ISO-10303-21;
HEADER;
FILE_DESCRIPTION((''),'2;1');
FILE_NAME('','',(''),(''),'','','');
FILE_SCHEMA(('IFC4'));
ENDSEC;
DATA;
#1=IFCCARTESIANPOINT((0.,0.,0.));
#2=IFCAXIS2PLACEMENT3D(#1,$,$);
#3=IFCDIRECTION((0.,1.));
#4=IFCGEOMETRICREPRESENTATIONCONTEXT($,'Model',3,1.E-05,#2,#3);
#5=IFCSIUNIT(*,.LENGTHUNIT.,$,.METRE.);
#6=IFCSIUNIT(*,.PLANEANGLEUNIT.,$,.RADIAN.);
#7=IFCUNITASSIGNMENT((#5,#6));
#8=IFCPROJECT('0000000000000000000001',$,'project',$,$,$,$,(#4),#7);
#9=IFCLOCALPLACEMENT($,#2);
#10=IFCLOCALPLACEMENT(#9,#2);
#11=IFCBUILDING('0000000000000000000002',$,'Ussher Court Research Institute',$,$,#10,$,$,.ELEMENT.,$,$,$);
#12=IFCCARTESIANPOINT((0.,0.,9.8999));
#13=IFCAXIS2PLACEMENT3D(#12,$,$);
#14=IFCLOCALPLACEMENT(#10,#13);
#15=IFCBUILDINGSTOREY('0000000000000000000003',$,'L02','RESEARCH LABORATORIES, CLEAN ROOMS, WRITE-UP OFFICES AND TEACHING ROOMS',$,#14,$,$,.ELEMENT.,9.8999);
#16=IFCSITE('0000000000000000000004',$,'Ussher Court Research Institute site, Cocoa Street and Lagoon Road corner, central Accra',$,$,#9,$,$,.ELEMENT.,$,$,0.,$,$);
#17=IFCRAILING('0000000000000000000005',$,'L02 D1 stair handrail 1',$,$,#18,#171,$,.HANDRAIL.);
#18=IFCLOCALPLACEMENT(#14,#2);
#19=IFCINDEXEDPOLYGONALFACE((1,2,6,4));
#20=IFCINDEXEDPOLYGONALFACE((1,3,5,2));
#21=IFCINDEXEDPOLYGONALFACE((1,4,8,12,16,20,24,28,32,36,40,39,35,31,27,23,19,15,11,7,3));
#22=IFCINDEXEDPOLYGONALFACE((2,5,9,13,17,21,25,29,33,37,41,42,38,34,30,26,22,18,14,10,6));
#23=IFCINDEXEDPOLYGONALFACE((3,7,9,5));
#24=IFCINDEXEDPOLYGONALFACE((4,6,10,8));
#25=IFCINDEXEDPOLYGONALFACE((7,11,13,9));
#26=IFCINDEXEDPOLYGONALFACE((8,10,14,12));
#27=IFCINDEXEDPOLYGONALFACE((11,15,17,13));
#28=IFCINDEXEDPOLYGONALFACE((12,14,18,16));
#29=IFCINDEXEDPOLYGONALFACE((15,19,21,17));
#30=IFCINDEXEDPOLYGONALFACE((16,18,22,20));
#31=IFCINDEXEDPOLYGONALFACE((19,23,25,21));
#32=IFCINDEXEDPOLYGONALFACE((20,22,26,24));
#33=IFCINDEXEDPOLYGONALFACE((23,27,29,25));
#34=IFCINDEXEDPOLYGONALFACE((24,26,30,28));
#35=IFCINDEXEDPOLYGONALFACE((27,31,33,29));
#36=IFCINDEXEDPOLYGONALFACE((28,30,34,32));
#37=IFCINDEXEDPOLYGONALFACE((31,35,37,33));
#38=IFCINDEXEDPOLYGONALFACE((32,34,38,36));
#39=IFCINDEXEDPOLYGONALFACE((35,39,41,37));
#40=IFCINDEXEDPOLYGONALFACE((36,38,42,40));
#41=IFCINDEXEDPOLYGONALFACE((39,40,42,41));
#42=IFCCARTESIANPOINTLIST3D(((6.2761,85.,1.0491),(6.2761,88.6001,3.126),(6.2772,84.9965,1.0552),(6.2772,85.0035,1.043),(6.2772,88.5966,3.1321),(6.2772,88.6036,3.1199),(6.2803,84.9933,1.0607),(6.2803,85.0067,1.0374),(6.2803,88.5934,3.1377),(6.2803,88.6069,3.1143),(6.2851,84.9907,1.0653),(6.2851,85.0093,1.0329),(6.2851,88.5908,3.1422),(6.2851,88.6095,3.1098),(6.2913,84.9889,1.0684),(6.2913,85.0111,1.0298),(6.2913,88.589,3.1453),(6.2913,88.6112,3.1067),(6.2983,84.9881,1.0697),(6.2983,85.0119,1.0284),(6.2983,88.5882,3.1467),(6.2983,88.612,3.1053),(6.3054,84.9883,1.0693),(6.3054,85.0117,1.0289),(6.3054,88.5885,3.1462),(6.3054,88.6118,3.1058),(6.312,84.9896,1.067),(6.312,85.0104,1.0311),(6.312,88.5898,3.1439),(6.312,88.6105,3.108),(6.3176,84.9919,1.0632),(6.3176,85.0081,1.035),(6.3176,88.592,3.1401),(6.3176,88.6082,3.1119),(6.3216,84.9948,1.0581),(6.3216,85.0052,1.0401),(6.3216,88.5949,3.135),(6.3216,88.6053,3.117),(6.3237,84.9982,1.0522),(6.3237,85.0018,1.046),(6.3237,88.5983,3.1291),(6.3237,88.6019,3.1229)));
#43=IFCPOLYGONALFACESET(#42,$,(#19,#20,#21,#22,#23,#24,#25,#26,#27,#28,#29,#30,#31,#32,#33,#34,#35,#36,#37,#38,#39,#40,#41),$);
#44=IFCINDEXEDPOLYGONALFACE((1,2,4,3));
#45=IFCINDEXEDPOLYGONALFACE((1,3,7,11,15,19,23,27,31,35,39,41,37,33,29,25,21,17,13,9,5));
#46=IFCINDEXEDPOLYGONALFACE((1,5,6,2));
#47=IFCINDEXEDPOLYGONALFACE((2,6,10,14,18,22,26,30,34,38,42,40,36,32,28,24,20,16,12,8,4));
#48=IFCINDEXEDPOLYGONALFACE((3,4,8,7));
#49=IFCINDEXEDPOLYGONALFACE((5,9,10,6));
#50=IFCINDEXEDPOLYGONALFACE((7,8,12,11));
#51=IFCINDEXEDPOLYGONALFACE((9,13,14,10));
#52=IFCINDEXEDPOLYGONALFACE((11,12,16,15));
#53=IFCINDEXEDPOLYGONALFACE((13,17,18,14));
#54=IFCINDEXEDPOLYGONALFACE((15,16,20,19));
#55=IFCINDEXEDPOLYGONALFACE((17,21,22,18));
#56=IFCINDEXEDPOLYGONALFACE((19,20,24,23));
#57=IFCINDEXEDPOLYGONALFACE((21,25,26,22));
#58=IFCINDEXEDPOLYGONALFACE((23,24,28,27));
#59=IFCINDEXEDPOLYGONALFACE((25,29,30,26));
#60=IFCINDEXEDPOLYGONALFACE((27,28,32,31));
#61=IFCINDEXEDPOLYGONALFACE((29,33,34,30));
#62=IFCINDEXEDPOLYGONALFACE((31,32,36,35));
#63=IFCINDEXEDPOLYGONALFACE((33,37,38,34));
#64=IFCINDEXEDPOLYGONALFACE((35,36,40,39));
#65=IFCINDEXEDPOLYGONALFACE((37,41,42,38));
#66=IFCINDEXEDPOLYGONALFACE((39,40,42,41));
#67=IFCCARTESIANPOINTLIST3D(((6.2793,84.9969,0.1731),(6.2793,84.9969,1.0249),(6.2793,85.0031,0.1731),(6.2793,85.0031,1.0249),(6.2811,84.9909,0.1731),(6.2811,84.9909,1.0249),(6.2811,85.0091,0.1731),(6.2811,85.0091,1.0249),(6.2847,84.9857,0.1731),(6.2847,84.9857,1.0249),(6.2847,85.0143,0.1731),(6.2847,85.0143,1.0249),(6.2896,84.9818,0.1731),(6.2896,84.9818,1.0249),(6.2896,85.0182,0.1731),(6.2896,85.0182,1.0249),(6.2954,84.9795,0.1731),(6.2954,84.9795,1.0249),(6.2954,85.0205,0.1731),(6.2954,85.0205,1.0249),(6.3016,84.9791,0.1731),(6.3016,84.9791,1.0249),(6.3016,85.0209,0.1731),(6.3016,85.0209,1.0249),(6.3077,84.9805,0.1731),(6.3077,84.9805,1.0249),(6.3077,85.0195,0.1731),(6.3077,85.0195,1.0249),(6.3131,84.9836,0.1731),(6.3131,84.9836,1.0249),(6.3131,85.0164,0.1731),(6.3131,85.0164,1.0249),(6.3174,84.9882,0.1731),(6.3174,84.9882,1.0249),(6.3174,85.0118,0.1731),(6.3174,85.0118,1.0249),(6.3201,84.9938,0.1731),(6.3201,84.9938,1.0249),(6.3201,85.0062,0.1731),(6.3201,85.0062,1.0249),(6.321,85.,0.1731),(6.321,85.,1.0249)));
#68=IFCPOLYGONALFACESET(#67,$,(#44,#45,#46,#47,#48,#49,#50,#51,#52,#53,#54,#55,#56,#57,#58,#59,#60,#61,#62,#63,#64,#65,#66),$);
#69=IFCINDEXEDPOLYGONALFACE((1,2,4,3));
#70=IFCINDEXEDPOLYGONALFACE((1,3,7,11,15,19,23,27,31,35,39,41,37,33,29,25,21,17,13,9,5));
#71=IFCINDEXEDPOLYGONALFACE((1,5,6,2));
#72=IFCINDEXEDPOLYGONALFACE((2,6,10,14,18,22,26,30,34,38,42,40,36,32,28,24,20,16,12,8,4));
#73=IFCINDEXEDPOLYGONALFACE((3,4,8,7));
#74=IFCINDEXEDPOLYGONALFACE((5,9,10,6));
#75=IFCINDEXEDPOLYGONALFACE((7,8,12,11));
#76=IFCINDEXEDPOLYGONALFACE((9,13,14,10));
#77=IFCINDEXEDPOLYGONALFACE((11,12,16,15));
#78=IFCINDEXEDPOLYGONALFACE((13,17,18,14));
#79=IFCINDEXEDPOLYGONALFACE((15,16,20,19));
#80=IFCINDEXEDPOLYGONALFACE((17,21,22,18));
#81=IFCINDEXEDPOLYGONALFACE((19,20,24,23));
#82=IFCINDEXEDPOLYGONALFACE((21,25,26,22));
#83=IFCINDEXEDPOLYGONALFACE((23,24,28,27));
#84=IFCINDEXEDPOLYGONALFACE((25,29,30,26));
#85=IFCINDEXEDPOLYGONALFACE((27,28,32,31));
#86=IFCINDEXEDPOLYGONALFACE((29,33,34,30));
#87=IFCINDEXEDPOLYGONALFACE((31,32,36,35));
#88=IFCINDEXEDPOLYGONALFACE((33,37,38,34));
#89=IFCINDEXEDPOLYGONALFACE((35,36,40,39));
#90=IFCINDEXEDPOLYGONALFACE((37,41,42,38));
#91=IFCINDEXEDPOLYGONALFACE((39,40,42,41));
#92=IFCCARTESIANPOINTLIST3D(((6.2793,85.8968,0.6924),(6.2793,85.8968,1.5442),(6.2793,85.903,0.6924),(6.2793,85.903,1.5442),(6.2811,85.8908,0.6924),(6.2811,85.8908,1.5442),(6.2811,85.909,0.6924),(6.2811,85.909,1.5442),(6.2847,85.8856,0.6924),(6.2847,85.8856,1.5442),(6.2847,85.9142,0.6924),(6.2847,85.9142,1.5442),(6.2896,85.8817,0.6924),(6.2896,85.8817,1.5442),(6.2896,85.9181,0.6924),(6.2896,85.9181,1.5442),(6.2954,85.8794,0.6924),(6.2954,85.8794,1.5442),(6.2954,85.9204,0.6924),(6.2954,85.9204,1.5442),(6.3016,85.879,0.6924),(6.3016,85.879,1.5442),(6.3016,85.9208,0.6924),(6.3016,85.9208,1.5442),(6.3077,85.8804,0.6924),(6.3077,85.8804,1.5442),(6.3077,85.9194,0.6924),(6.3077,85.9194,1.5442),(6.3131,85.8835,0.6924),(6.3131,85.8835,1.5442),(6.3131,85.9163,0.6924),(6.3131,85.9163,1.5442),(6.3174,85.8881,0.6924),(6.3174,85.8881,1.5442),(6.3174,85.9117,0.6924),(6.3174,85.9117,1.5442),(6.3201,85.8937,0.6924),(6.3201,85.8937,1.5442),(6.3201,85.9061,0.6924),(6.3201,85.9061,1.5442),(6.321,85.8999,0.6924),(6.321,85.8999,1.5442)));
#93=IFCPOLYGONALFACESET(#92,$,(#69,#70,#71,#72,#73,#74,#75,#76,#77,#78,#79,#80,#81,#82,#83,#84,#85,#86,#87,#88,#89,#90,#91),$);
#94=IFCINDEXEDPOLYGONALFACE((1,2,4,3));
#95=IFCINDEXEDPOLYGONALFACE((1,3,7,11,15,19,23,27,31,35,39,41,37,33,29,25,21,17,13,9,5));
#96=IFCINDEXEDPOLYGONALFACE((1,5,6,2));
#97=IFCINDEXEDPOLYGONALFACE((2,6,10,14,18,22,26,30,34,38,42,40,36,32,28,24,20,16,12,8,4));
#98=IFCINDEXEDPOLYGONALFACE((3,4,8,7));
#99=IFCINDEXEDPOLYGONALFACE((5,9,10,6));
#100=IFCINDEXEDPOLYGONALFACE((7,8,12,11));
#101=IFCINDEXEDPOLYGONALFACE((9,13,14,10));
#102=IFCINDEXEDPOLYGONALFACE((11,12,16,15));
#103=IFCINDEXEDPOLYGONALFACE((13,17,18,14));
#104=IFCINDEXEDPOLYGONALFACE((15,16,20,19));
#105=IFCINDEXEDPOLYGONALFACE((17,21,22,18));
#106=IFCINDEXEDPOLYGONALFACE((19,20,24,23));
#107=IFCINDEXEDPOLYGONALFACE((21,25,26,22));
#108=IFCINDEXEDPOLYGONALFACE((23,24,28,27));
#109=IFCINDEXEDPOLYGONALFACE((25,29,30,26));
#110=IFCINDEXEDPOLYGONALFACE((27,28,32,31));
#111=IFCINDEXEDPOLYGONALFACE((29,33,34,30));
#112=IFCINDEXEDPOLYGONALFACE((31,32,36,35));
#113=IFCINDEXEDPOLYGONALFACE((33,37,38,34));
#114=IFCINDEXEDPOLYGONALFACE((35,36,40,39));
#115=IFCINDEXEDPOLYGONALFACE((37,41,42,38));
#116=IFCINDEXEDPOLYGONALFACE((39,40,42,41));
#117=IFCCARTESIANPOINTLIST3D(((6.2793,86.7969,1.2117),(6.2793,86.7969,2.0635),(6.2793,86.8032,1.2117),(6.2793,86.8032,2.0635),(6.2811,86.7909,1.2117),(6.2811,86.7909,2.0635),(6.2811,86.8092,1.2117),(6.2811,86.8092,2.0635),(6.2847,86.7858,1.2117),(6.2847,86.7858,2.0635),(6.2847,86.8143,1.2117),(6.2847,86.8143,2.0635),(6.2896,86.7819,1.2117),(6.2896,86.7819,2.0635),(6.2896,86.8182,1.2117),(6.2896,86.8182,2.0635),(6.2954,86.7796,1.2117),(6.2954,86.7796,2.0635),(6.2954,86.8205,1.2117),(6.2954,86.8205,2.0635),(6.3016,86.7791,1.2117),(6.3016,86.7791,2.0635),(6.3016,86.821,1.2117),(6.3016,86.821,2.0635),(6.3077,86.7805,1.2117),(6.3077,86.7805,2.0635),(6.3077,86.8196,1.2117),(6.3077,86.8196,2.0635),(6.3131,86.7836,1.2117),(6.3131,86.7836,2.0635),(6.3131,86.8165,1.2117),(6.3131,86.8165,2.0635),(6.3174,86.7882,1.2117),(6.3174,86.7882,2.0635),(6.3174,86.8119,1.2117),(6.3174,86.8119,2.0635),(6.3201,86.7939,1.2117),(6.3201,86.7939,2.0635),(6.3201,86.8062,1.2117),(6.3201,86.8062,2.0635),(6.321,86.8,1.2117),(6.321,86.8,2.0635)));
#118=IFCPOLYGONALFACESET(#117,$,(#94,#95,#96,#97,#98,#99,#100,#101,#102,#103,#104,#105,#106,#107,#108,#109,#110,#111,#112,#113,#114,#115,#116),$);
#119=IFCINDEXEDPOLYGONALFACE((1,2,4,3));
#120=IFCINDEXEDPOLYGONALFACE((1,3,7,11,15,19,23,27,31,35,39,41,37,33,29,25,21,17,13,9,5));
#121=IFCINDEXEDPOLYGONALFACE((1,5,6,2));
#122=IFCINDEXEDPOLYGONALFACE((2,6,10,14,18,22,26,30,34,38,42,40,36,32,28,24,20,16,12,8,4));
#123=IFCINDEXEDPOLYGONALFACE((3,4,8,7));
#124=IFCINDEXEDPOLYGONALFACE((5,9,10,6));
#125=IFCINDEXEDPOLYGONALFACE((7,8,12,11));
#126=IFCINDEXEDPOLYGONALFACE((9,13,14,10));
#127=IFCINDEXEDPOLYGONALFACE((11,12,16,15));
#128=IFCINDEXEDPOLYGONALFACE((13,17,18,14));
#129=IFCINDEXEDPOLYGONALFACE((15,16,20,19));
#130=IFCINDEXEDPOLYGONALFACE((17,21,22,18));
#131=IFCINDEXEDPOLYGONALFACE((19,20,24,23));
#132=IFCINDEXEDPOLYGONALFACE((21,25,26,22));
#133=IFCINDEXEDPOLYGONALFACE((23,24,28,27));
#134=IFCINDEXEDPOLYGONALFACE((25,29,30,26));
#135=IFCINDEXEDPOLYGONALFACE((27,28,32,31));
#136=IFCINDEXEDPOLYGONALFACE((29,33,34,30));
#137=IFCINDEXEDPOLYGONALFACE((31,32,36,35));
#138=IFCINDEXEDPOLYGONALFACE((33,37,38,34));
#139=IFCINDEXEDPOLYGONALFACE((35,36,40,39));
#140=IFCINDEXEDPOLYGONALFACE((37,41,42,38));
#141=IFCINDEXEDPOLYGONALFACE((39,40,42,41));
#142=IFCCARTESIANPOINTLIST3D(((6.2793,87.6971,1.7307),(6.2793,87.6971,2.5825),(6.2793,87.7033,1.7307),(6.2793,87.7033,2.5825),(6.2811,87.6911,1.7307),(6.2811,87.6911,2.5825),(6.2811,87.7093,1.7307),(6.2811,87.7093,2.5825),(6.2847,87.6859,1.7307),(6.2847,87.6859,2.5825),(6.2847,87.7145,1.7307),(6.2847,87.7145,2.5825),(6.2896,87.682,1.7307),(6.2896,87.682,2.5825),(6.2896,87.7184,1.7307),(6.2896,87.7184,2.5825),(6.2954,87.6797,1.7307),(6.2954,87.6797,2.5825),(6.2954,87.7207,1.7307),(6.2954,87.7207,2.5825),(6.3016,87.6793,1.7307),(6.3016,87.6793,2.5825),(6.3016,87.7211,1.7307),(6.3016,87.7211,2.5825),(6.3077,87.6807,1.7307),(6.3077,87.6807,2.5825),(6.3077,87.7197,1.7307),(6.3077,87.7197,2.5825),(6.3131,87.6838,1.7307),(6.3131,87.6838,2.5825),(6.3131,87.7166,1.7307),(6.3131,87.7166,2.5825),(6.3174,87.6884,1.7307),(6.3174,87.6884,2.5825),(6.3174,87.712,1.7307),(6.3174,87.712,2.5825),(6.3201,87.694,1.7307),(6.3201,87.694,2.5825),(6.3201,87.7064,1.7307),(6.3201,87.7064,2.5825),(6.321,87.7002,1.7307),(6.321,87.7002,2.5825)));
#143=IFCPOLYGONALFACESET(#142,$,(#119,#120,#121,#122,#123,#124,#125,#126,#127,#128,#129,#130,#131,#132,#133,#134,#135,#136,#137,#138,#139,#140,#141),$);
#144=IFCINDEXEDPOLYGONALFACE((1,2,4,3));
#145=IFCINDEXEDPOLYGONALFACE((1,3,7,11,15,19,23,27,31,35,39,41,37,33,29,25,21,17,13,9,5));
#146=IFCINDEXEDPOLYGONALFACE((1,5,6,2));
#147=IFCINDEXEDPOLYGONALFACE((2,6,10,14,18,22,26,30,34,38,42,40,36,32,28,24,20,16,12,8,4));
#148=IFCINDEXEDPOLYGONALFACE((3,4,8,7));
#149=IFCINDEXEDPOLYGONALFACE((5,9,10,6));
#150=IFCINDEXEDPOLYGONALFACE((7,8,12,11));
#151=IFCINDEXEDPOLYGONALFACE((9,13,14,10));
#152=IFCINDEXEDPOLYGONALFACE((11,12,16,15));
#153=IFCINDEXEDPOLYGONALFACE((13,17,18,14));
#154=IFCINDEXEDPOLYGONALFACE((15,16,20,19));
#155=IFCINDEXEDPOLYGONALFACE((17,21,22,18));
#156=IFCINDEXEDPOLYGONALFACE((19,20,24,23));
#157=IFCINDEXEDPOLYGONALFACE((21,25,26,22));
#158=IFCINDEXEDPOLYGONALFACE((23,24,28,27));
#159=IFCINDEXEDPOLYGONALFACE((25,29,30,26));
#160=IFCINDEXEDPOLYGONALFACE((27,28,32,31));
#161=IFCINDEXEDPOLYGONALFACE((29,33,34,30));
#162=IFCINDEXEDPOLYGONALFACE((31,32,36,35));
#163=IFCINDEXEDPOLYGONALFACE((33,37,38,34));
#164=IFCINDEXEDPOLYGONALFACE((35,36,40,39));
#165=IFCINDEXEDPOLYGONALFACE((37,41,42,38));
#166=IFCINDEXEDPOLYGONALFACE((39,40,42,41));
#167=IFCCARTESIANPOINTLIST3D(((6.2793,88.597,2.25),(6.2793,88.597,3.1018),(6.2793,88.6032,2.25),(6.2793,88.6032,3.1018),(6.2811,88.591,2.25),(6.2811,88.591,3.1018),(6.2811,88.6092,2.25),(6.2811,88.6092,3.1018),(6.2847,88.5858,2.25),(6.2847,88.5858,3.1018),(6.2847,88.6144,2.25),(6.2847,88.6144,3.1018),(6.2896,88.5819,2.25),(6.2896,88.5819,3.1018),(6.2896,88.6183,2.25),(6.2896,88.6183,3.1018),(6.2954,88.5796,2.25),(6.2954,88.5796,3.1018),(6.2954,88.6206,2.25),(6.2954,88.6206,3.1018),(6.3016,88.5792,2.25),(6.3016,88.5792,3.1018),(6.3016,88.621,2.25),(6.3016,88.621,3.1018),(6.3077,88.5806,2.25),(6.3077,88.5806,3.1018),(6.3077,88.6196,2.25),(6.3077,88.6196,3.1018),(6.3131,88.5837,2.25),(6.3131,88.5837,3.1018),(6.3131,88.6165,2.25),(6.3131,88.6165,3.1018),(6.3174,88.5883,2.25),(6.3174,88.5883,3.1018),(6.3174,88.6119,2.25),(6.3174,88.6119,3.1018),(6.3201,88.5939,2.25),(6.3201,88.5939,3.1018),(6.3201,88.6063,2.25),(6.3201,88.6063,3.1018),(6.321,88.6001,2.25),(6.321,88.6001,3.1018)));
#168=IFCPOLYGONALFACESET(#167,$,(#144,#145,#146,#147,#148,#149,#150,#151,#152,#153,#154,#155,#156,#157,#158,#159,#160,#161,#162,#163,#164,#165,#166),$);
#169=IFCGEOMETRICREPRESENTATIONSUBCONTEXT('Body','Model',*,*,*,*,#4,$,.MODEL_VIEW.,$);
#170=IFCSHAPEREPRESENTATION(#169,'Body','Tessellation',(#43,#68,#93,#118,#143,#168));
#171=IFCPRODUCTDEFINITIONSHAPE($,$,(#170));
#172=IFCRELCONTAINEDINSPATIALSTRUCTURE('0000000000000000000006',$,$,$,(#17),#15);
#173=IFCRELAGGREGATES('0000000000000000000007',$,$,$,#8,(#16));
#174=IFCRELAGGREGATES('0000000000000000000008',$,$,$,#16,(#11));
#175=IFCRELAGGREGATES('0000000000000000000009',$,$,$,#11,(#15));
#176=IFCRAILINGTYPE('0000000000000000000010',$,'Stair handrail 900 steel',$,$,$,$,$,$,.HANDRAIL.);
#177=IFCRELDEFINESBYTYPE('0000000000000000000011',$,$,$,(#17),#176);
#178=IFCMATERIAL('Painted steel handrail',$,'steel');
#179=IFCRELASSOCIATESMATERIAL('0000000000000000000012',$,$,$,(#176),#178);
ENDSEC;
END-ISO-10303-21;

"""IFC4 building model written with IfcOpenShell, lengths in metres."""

from ifc_helpers import new_model, si_unit, direction, frame, origin, origin_2d, place, context, subcontext, project, spatial, circle, extrude, material, type_object, element, save


model = new_model("IFC4")

# Units and contexts
model_context = context("Model", 3, precision=1e-05, world=origin(), true_north=direction((0.0, 1.0)))
body_context = subcontext(model_context, "Body", "Model", "MODEL_VIEW")
ifc_project = project(units=[si_unit("LENGTHUNIT", "METRE"), si_unit("PLANEANGLEUNIT", "RADIAN")], contexts=[model_context])

# Site, building, storey
site_placement = place(None, origin())
site = spatial("IfcSite", under=ifc_project, at=site_placement, Name="Ussher Court Research Institute site, Cocoa Street and Lagoon Road corner, central Accra", CompositionType="ELEMENT", RefElevation=0.0)
building_placement = place(site_placement, origin())
building = spatial("IfcBuilding", under=site, at=building_placement, Name="Ussher Court Research Institute", CompositionType="ELEMENT")
storey_placement = place(building_placement, frame((0.0, 0.0, 9.8999)))
storey = spatial("IfcBuildingStorey", under=building, at=storey_placement, Name="L02", Description="RESEARCH LABORATORIES, CLEAN ROOMS, WRITE-UP OFFICES AND TEACHING ROOMS", CompositionType="ELEMENT", Elevation=9.8999)

# Railing
ifc_material_1 = material(Name="Painted steel handrail", Category="steel")
railing_type_1 = type_object("IfcRailingType", Name="Stair handrail 900 steel", PredefinedType="HANDRAIL", material=ifc_material_1)
railing_1_placement = place(storey_placement, frame((6.3, 85.0, 0.1731)))
element("IfcRailing", 1, at=railing_1_placement, inside=storey, type_object=railing_type_1, Name="L02 D1 stair handrail 1", PredefinedType="HANDRAIL", context=body_context, shape_type="SweptSolid", body=[
    extrude(circle(Radius=0.0239, at=origin_2d()), frame((0.0, 0.0, 0.876), z_axis=(0.0, 0.866193, 0.499709), x_axis=(-1.0, 0.0, 0.0)), (0.0, 0.0, 1.0), 4.1562),
    extrude(circle(Radius=0.021, at=origin_2d()), origin(), (0.0, 0.0, 1.0), 0.8518),
    extrude(circle(Radius=0.021, at=origin_2d()), frame((0.0, 0.8999, 0.5193)), (0.0, 0.0, 1.0), 0.8518),
    extrude(circle(Radius=0.021, at=origin_2d()), frame((0.0, 1.8, 1.0386)), (0.0, 0.0, 1.0), 0.8518),
    extrude(circle(Radius=0.021, at=origin_2d()), frame((0.0, 2.7002, 1.5576)), (0.0, 0.0, 1.0), 0.8518),
    extrude(circle(Radius=0.021, at=origin_2d()), frame((0.0, 3.6001, 2.0769)), (0.0, 0.0, 1.0), 0.8518),
])

save(model, "model.ifc")
